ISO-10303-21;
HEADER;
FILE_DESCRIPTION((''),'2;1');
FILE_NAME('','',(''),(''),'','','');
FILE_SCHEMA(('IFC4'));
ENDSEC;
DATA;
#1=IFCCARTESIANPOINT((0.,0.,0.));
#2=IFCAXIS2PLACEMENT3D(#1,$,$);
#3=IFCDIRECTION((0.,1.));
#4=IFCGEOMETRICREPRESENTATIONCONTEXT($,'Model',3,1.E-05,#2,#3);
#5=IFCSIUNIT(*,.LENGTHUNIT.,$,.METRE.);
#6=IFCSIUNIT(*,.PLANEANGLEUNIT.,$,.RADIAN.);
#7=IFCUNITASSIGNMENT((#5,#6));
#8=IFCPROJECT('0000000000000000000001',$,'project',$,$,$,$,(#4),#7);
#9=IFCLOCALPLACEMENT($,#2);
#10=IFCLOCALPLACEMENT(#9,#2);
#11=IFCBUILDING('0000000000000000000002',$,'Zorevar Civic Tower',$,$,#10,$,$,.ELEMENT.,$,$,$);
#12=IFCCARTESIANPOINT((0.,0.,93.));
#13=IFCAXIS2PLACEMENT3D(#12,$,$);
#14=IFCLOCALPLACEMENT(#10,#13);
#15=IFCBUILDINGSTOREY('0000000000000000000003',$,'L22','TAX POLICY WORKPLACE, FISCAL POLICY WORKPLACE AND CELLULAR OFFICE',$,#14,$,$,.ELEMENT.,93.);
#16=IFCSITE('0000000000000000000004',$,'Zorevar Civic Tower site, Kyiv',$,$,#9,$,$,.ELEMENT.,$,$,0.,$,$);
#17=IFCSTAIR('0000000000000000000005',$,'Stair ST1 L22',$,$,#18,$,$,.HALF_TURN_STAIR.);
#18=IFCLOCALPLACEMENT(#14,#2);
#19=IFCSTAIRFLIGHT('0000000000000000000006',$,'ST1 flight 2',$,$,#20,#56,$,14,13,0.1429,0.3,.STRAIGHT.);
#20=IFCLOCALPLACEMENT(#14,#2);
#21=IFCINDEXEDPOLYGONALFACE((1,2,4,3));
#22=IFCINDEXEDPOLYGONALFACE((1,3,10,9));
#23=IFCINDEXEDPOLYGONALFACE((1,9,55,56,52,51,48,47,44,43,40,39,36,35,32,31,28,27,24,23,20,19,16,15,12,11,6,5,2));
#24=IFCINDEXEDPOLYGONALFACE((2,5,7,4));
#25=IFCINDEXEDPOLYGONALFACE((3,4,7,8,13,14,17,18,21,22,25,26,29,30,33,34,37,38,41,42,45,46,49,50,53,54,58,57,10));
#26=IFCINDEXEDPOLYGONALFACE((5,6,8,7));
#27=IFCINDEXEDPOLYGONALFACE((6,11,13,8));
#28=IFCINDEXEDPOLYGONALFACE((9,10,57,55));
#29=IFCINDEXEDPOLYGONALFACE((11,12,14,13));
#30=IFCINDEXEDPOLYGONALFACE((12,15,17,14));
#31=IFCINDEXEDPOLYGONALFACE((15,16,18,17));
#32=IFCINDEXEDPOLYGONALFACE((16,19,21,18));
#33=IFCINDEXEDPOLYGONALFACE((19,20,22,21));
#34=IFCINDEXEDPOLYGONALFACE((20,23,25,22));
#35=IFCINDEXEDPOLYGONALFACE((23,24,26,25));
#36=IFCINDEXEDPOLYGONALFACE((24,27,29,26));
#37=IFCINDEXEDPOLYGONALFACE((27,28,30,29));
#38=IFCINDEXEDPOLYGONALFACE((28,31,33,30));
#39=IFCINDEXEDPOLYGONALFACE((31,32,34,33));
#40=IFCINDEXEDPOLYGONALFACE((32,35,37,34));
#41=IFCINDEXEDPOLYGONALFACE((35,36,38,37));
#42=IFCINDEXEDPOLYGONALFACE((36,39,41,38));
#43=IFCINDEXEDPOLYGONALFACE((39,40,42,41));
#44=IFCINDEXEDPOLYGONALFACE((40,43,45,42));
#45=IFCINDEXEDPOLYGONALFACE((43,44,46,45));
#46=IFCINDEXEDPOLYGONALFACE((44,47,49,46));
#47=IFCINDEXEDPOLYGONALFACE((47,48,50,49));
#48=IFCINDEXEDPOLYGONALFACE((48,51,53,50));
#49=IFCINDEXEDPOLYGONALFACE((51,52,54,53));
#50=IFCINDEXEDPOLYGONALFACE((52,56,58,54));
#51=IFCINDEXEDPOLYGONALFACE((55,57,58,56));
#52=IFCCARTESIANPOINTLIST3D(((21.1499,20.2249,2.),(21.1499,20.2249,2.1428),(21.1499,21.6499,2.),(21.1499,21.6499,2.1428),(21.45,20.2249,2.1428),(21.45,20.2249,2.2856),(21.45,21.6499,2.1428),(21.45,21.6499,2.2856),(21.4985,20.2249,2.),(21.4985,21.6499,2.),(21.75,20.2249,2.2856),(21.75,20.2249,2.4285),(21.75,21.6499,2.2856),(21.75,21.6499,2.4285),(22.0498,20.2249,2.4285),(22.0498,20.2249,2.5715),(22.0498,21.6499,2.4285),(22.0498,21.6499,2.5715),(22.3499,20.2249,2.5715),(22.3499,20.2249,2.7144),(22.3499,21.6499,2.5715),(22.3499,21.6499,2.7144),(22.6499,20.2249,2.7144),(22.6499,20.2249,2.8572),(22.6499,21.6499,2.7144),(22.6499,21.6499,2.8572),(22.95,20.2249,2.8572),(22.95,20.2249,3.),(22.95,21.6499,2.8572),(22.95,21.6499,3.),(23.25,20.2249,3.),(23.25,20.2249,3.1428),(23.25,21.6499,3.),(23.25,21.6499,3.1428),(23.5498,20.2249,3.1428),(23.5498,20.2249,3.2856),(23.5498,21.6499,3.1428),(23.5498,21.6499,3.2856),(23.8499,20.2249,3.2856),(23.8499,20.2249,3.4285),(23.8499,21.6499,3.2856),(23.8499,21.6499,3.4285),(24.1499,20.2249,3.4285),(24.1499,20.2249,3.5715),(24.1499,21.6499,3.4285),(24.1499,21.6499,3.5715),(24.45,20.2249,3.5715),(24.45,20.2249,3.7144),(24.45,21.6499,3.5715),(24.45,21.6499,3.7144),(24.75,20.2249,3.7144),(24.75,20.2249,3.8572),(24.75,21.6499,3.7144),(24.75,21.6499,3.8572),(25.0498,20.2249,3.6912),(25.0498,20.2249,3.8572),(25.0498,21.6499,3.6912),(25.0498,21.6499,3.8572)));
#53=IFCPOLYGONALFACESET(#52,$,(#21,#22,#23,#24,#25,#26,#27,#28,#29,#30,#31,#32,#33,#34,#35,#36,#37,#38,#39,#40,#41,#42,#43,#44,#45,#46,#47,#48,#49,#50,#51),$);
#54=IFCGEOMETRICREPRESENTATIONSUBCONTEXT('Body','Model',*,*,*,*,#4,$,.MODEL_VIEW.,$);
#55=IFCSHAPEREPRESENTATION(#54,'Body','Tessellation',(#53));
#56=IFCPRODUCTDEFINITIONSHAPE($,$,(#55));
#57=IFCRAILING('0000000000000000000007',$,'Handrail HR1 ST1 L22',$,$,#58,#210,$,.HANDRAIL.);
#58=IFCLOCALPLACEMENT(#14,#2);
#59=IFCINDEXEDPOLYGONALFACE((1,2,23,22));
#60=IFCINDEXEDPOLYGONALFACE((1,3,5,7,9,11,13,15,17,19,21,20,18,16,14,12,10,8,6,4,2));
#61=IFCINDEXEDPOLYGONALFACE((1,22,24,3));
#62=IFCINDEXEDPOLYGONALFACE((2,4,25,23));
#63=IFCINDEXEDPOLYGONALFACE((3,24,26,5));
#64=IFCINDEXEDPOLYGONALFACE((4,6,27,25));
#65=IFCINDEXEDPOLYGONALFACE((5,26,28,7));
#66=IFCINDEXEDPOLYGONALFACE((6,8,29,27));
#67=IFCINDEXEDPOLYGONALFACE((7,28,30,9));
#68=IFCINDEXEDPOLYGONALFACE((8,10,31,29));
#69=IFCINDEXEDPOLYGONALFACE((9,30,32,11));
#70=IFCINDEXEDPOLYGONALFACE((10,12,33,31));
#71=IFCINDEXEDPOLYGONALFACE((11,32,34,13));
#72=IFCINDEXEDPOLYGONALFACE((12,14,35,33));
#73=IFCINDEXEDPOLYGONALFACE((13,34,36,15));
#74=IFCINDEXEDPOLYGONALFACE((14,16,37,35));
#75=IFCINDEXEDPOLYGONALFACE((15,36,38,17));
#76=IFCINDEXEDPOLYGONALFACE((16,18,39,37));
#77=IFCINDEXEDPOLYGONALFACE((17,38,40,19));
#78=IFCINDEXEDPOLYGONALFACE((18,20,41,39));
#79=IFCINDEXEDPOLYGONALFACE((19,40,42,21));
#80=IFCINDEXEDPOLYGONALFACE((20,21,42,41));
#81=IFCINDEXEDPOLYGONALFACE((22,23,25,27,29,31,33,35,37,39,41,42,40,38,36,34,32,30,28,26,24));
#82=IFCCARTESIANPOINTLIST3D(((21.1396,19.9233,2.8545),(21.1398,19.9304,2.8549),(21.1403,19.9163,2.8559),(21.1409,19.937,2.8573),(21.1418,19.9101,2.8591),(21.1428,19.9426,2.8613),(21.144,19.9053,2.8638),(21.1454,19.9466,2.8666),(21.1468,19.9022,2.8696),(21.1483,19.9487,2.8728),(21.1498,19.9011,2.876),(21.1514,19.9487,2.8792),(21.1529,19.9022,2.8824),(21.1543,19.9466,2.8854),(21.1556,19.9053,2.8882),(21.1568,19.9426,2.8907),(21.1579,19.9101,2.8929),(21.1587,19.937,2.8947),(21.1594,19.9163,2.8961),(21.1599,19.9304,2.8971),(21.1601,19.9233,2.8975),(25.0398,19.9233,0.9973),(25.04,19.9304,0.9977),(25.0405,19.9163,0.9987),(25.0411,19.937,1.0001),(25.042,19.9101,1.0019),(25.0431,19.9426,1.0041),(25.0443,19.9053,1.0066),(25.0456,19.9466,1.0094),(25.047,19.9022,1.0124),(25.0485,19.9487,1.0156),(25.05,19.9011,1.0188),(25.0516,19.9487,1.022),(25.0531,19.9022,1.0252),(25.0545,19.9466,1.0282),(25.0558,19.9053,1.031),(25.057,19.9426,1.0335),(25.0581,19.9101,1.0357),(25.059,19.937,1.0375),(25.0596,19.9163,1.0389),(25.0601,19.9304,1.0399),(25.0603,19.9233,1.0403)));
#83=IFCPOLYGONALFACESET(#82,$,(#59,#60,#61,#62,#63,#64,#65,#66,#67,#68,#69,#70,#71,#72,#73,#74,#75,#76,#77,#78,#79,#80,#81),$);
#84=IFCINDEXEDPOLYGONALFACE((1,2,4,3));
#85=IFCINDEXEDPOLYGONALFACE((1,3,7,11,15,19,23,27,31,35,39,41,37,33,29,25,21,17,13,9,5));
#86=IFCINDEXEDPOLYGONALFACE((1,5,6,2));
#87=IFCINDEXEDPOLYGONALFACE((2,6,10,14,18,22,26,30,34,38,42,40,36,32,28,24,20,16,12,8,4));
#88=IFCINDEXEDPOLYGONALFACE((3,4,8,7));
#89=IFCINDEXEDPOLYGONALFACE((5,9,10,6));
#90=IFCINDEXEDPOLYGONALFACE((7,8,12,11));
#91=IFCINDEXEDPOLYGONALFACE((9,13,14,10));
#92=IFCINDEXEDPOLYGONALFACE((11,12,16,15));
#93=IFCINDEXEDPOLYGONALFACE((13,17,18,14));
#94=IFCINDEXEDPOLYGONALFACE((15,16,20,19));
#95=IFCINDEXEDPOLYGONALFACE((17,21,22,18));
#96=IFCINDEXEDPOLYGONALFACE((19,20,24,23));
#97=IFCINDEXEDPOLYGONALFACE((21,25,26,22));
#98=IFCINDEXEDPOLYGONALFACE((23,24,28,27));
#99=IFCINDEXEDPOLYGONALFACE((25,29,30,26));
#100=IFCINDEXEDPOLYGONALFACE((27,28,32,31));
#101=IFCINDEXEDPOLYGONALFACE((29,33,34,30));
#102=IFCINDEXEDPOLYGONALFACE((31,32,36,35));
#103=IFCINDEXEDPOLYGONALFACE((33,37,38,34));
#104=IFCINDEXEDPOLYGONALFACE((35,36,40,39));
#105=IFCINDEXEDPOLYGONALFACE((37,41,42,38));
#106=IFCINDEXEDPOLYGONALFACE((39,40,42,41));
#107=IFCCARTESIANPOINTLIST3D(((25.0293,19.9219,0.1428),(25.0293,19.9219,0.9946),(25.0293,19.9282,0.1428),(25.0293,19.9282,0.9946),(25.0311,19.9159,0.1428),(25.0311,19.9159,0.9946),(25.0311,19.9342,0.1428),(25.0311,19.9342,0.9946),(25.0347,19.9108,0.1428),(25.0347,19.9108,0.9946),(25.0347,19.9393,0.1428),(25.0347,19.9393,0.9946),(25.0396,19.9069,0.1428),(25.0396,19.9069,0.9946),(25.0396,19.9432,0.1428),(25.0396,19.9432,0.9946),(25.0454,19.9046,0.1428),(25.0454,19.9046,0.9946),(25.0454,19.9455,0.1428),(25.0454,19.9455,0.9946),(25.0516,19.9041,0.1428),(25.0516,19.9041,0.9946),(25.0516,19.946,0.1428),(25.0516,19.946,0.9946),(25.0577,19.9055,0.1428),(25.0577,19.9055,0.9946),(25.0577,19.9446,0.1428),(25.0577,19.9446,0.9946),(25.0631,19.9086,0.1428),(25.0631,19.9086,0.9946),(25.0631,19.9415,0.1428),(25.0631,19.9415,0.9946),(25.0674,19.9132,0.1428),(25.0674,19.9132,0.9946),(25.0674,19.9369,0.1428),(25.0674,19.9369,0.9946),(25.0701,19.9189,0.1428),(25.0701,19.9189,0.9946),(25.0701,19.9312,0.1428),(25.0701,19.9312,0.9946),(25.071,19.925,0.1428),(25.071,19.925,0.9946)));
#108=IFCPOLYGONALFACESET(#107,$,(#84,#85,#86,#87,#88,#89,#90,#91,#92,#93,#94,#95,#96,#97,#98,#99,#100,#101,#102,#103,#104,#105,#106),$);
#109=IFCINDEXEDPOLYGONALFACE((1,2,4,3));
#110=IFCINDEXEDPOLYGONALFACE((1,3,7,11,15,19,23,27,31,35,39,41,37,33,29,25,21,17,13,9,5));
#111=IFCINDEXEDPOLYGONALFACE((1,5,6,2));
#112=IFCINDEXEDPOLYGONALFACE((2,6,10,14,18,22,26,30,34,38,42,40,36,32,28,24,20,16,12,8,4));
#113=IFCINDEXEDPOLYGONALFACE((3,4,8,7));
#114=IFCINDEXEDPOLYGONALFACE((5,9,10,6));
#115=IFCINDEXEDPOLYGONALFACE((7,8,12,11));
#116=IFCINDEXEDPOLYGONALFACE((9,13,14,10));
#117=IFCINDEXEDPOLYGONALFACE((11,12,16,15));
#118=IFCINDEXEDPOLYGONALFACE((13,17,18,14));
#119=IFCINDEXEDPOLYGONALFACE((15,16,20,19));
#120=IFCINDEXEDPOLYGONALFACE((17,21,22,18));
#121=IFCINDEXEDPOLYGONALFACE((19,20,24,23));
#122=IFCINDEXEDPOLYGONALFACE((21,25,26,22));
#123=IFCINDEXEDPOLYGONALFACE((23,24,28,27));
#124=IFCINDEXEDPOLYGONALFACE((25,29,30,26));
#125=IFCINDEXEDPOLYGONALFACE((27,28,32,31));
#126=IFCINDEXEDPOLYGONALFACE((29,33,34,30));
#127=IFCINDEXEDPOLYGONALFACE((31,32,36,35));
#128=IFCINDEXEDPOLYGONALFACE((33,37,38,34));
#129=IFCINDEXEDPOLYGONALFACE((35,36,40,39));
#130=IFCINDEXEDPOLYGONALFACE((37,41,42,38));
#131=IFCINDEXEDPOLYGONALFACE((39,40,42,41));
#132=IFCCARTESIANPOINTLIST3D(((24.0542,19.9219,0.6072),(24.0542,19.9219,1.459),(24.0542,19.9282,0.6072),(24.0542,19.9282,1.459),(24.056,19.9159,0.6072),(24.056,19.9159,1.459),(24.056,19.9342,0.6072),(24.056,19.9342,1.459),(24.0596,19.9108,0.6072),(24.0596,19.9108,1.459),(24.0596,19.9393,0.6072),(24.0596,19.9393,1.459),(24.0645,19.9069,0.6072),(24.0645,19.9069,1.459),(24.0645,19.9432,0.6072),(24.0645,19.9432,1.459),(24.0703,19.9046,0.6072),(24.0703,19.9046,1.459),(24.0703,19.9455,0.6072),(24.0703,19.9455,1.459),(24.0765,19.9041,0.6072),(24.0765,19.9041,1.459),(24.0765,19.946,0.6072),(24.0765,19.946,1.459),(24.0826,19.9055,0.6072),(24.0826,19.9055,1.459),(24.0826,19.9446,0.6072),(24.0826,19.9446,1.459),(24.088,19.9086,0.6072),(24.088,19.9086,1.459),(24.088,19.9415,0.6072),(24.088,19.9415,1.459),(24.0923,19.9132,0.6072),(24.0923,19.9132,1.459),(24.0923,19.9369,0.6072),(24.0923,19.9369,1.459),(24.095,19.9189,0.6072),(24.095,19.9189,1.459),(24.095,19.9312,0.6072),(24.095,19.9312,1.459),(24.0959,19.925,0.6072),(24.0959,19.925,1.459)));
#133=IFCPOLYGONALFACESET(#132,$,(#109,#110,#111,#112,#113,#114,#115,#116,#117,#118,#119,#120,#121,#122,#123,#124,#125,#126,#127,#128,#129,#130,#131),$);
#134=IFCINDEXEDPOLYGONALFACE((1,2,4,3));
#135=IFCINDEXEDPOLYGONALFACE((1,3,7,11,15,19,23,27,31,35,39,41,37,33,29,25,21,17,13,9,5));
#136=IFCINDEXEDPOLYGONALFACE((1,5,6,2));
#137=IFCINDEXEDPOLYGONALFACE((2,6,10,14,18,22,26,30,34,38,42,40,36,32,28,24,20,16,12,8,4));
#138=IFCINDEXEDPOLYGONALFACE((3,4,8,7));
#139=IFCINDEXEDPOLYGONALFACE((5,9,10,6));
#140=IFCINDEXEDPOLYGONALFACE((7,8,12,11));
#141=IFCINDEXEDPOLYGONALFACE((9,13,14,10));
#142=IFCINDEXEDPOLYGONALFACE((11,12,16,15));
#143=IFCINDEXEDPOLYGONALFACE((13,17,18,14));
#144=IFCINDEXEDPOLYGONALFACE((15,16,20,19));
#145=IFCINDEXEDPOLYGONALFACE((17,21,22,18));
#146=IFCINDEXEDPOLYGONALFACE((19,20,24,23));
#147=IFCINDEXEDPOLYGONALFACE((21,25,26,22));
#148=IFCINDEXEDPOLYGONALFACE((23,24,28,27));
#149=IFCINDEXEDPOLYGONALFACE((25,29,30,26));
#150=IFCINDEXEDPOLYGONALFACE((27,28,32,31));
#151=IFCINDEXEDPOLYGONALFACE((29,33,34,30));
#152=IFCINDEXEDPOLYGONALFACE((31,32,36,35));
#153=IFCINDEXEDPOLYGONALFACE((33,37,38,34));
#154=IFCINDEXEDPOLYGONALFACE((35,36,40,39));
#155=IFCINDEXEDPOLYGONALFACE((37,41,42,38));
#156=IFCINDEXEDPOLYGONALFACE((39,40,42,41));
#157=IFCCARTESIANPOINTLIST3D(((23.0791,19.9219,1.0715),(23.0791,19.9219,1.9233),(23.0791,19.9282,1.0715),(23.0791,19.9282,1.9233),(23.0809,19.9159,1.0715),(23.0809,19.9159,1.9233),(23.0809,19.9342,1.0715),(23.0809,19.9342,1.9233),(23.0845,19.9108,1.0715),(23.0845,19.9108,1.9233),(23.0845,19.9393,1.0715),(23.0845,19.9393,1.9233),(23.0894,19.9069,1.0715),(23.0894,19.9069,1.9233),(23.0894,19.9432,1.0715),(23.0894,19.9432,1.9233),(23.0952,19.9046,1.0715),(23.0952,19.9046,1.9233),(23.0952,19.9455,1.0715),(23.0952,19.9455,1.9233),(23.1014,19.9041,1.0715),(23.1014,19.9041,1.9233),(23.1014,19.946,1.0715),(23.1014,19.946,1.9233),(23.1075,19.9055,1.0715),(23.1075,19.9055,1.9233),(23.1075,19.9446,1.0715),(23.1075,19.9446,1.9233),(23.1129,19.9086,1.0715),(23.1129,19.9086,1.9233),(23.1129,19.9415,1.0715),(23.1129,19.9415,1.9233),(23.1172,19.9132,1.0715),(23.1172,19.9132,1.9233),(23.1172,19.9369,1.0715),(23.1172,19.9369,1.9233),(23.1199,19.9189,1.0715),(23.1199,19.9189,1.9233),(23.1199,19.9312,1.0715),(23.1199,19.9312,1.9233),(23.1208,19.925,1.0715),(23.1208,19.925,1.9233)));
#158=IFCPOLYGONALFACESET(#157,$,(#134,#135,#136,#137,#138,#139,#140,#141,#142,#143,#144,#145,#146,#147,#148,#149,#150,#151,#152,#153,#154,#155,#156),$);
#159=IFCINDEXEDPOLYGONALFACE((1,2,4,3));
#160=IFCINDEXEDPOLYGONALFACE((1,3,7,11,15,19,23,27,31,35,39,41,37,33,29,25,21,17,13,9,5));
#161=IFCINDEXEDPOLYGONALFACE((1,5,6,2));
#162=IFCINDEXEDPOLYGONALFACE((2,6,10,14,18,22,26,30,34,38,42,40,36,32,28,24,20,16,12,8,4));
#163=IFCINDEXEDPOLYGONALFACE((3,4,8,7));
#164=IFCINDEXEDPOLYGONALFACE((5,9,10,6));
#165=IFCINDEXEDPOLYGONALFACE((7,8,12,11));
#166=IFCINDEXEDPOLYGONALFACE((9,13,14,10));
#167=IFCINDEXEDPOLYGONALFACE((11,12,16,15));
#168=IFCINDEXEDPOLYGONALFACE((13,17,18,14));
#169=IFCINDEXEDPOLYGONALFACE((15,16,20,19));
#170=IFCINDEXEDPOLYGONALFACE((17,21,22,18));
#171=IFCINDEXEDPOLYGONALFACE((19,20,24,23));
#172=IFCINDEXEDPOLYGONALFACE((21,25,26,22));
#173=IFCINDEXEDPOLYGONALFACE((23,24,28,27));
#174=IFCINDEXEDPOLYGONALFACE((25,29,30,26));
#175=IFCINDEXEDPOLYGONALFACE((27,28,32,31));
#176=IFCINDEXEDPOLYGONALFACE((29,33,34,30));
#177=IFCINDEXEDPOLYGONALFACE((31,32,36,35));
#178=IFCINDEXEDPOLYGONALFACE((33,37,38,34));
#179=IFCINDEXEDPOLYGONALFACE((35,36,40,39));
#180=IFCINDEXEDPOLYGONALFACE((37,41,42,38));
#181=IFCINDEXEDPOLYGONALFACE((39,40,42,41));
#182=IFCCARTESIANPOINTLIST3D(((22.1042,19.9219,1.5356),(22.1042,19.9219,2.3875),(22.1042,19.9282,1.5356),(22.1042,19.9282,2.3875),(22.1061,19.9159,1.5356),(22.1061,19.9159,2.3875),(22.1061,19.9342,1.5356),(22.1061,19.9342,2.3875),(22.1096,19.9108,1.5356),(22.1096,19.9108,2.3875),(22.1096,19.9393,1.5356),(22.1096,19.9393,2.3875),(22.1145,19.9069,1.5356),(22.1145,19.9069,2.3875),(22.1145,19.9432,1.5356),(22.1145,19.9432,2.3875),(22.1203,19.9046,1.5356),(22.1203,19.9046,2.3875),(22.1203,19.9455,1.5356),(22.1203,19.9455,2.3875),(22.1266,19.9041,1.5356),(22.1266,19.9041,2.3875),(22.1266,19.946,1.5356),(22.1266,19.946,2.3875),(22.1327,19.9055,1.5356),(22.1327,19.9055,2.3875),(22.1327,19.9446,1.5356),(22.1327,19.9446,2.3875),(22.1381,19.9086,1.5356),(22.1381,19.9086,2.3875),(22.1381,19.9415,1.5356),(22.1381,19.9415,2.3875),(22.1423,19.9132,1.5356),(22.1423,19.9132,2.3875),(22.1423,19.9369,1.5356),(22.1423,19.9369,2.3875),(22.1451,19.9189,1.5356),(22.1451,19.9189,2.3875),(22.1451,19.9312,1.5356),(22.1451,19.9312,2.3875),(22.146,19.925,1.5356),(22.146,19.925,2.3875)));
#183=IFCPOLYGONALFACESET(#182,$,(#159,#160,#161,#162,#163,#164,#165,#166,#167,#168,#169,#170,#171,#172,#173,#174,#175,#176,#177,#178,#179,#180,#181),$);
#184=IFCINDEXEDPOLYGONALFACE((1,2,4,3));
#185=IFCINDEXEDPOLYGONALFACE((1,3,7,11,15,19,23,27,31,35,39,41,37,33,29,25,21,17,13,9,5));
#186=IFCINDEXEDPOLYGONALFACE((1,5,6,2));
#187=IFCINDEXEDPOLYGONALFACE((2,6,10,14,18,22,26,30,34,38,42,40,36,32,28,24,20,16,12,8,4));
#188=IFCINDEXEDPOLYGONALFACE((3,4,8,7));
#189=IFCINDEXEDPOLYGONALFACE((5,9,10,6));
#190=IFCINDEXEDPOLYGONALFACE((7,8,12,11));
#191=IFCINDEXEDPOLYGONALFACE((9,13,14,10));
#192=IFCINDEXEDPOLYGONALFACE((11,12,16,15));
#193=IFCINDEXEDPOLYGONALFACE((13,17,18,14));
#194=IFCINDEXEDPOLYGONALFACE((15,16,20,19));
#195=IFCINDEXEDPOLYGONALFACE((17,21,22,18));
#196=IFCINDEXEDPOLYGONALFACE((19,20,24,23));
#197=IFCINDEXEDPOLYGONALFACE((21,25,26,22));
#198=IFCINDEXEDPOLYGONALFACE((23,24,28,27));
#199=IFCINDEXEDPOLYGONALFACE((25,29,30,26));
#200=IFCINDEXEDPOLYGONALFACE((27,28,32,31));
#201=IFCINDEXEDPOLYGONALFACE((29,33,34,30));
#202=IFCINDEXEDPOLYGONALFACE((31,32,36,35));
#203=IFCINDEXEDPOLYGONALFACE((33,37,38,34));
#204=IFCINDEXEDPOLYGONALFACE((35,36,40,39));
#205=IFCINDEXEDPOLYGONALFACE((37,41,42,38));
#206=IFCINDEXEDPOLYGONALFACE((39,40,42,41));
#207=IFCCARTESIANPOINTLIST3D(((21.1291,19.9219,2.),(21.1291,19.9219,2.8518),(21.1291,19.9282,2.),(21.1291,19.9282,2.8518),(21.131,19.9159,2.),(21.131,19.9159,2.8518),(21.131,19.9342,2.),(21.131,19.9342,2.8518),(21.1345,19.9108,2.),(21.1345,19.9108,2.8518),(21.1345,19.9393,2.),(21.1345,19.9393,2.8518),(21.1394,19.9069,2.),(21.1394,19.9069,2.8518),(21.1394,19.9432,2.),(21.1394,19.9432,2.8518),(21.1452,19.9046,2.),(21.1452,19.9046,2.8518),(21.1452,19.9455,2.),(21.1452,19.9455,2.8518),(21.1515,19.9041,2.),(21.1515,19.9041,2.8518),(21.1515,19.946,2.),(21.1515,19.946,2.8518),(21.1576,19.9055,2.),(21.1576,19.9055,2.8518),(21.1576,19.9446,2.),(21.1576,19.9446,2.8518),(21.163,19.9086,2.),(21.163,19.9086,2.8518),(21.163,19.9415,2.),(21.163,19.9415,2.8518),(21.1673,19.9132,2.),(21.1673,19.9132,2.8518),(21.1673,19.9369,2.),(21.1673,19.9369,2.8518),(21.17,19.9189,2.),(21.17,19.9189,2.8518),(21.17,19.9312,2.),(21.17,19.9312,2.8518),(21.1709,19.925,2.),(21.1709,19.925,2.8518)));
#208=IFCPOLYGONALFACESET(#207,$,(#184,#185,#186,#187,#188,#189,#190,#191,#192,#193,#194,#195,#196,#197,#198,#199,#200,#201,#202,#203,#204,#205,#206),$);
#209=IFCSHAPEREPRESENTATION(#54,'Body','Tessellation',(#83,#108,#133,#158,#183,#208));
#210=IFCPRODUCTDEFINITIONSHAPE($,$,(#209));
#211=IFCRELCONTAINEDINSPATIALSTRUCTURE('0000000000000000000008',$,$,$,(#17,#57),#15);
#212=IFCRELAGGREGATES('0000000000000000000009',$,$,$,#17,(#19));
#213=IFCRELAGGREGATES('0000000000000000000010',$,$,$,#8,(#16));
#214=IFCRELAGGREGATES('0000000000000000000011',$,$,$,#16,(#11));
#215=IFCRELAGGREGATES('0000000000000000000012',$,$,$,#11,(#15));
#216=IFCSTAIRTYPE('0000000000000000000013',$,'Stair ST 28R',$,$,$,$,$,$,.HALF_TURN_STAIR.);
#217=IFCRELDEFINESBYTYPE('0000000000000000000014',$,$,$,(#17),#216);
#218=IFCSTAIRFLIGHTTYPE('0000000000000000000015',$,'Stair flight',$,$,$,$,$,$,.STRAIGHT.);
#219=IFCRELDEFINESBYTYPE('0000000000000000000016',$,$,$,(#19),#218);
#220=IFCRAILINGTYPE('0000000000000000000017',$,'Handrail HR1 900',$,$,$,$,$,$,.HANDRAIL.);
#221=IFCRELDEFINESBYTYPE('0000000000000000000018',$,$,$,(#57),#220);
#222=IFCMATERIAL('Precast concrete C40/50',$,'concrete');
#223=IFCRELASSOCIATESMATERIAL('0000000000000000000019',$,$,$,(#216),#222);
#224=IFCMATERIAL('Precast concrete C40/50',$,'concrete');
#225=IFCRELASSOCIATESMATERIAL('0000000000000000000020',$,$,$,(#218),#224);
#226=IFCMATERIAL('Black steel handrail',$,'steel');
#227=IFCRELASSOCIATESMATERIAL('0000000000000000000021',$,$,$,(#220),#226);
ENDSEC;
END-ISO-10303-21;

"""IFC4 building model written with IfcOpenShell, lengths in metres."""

from ifc_helpers import new_model, si_unit, direction, frame, origin, origin_2d, place, context, subcontext, project, spatial, polyline, circle, outline, extrude, material, type_object, element, aggregate, save


model = new_model("IFC4")

# Units and contexts
model_context = context("Model", 3, precision=1e-05, world=origin(), true_north=direction((0.0, 1.0)))
body_context = subcontext(model_context, "Body", "Model", "MODEL_VIEW")
ifc_project = project(units=[si_unit("LENGTHUNIT", "METRE"), si_unit("PLANEANGLEUNIT", "RADIAN")], contexts=[model_context])

# Site, building, storey
site_placement = place(None, origin())
site = spatial("IfcSite", under=ifc_project, at=site_placement, Name="Zorevar Civic Tower site, Kyiv", CompositionType="ELEMENT", RefElevation=0.0)
building_placement = place(site_placement, origin())
building = spatial("IfcBuilding", under=site, at=building_placement, Name="Zorevar Civic Tower", CompositionType="ELEMENT")
storey_placement = place(building_placement, frame((0.0, 0.0, 93.0)))
storey = spatial("IfcBuildingStorey", under=building, at=storey_placement, Name="L22", Description="TAX POLICY WORKPLACE, FISCAL POLICY WORKPLACE AND CELLULAR OFFICE", CompositionType="ELEMENT", Elevation=93.0)

# Stair, stair flight
ifc_material_1 = material(Name="Precast concrete C40/50", Category="concrete")
stair_type = type_object("IfcStairType", Name="Stair ST 28R", PredefinedType="HALF_TURN_STAIR", material=ifc_material_1)
stair_placement = place(storey_placement, origin())
stair = element("IfcStair", 1, at=stair_placement, inside=storey, type_object=stair_type, Name="Stair ST1 L22", PredefinedType="HALF_TURN_STAIR")
ifc_material_2 = material(Name="Precast concrete C40/50", Category="concrete")
stair_flight_type = type_object("IfcStairFlightType", Name="Stair flight", PredefinedType="STRAIGHT", material=ifc_material_2)
stair_flight_1_placement = place(storey_placement, frame((21.1499, 20.9375, 2.0), z_axis=(0.0, 0.0, 1.0), x_axis=(1.0, 0.0, 0.0)))
stair_flight_1 = element("IfcStairFlight", 2, at=stair_flight_1_placement, type_object=stair_flight_type, Name="ST1 flight 2", NumberOfRisers=14, NumberOfTreads=13, PredefinedType="STRAIGHT", RiserHeight=0.1429, TreadLength=0.3, context=body_context, shape_type="SweptSolid", body=[
    extrude(outline(polyline([(0.0, 0.0), (0.0, 0.1428), (0.3, 0.1428), (0.3, 0.2856), (0.6001, 0.2856), (0.6001, 0.4285), (0.8999, 0.4285), (0.8999, 0.5715), (1.2, 0.5715), (1.2, 0.7144), (1.5, 0.7144), (1.5, 0.8572), (1.8, 0.8572), (1.8, 1.0), (2.1001, 1.0), (2.1001, 1.1428), (2.3999, 1.1428), (2.3999, 1.2856), (2.7, 1.2856), (2.7, 1.4285), (3.0, 1.4285), (3.0, 1.5715), (3.3, 1.5715), (3.3, 1.7144), (3.6001, 1.7144), (3.6001, 1.8572), (3.8999, 1.8572), (3.8999, 2.0), (3.8999, 1.6912), (0.3486, 0.0), (0.0, 0.0)])), frame((0.0, 0.7124, 0.0), z_axis=(0.0, -1.0, 0.0), x_axis=(1.0, 0.0, 0.0)), (0.0, 0.0, 1.0), 1.425),
])
aggregate(stair, [stair_flight_1])

# Railing
ifc_material_3 = material(Name="Black steel handrail", Category="steel")
railing_type = type_object("IfcRailingType", Name="Handrail HR1 900", PredefinedType="HANDRAIL", material=ifc_material_3)
railing_1_placement = place(storey_placement, frame((25.05, 19.925, 0.1428)))
element("IfcRailing", 3, at=railing_1_placement, inside=storey, type_object=railing_type, Name="Handrail HR1 ST1 L22", PredefinedType="HANDRAIL", context=body_context, shape_type="SweptSolid", body=[
    extrude(circle(Radius=0.0239, at=origin_2d()), frame((0.0, 0.0, 0.876), z_axis=(-0.902864, 0.0, 0.429927), x_axis=(0.0, -1.0, 0.0)), (0.0, 0.0, 1.0), 4.3198),
    extrude(circle(Radius=0.021, at=origin_2d()), origin(), (0.0, 0.0, 1.0), 0.8518),
    extrude(circle(Radius=0.021, at=origin_2d()), frame((-0.9751, 0.0, 0.4644)), (0.0, 0.0, 1.0), 0.8518),
    extrude(circle(Radius=0.021, at=origin_2d()), frame((-1.9502, 0.0, 0.9287)), (0.0, 0.0, 1.0), 0.8518),
    extrude(circle(Radius=0.021, at=origin_2d()), frame((-2.925, 0.0, 1.3928)), (0.0, 0.0, 1.0), 0.8518),
    extrude(circle(Radius=0.021, at=origin_2d()), frame((-3.9001, 0.0, 1.8572)), (0.0, 0.0, 1.0), 0.8518),
])

save(model, "model.ifc")
